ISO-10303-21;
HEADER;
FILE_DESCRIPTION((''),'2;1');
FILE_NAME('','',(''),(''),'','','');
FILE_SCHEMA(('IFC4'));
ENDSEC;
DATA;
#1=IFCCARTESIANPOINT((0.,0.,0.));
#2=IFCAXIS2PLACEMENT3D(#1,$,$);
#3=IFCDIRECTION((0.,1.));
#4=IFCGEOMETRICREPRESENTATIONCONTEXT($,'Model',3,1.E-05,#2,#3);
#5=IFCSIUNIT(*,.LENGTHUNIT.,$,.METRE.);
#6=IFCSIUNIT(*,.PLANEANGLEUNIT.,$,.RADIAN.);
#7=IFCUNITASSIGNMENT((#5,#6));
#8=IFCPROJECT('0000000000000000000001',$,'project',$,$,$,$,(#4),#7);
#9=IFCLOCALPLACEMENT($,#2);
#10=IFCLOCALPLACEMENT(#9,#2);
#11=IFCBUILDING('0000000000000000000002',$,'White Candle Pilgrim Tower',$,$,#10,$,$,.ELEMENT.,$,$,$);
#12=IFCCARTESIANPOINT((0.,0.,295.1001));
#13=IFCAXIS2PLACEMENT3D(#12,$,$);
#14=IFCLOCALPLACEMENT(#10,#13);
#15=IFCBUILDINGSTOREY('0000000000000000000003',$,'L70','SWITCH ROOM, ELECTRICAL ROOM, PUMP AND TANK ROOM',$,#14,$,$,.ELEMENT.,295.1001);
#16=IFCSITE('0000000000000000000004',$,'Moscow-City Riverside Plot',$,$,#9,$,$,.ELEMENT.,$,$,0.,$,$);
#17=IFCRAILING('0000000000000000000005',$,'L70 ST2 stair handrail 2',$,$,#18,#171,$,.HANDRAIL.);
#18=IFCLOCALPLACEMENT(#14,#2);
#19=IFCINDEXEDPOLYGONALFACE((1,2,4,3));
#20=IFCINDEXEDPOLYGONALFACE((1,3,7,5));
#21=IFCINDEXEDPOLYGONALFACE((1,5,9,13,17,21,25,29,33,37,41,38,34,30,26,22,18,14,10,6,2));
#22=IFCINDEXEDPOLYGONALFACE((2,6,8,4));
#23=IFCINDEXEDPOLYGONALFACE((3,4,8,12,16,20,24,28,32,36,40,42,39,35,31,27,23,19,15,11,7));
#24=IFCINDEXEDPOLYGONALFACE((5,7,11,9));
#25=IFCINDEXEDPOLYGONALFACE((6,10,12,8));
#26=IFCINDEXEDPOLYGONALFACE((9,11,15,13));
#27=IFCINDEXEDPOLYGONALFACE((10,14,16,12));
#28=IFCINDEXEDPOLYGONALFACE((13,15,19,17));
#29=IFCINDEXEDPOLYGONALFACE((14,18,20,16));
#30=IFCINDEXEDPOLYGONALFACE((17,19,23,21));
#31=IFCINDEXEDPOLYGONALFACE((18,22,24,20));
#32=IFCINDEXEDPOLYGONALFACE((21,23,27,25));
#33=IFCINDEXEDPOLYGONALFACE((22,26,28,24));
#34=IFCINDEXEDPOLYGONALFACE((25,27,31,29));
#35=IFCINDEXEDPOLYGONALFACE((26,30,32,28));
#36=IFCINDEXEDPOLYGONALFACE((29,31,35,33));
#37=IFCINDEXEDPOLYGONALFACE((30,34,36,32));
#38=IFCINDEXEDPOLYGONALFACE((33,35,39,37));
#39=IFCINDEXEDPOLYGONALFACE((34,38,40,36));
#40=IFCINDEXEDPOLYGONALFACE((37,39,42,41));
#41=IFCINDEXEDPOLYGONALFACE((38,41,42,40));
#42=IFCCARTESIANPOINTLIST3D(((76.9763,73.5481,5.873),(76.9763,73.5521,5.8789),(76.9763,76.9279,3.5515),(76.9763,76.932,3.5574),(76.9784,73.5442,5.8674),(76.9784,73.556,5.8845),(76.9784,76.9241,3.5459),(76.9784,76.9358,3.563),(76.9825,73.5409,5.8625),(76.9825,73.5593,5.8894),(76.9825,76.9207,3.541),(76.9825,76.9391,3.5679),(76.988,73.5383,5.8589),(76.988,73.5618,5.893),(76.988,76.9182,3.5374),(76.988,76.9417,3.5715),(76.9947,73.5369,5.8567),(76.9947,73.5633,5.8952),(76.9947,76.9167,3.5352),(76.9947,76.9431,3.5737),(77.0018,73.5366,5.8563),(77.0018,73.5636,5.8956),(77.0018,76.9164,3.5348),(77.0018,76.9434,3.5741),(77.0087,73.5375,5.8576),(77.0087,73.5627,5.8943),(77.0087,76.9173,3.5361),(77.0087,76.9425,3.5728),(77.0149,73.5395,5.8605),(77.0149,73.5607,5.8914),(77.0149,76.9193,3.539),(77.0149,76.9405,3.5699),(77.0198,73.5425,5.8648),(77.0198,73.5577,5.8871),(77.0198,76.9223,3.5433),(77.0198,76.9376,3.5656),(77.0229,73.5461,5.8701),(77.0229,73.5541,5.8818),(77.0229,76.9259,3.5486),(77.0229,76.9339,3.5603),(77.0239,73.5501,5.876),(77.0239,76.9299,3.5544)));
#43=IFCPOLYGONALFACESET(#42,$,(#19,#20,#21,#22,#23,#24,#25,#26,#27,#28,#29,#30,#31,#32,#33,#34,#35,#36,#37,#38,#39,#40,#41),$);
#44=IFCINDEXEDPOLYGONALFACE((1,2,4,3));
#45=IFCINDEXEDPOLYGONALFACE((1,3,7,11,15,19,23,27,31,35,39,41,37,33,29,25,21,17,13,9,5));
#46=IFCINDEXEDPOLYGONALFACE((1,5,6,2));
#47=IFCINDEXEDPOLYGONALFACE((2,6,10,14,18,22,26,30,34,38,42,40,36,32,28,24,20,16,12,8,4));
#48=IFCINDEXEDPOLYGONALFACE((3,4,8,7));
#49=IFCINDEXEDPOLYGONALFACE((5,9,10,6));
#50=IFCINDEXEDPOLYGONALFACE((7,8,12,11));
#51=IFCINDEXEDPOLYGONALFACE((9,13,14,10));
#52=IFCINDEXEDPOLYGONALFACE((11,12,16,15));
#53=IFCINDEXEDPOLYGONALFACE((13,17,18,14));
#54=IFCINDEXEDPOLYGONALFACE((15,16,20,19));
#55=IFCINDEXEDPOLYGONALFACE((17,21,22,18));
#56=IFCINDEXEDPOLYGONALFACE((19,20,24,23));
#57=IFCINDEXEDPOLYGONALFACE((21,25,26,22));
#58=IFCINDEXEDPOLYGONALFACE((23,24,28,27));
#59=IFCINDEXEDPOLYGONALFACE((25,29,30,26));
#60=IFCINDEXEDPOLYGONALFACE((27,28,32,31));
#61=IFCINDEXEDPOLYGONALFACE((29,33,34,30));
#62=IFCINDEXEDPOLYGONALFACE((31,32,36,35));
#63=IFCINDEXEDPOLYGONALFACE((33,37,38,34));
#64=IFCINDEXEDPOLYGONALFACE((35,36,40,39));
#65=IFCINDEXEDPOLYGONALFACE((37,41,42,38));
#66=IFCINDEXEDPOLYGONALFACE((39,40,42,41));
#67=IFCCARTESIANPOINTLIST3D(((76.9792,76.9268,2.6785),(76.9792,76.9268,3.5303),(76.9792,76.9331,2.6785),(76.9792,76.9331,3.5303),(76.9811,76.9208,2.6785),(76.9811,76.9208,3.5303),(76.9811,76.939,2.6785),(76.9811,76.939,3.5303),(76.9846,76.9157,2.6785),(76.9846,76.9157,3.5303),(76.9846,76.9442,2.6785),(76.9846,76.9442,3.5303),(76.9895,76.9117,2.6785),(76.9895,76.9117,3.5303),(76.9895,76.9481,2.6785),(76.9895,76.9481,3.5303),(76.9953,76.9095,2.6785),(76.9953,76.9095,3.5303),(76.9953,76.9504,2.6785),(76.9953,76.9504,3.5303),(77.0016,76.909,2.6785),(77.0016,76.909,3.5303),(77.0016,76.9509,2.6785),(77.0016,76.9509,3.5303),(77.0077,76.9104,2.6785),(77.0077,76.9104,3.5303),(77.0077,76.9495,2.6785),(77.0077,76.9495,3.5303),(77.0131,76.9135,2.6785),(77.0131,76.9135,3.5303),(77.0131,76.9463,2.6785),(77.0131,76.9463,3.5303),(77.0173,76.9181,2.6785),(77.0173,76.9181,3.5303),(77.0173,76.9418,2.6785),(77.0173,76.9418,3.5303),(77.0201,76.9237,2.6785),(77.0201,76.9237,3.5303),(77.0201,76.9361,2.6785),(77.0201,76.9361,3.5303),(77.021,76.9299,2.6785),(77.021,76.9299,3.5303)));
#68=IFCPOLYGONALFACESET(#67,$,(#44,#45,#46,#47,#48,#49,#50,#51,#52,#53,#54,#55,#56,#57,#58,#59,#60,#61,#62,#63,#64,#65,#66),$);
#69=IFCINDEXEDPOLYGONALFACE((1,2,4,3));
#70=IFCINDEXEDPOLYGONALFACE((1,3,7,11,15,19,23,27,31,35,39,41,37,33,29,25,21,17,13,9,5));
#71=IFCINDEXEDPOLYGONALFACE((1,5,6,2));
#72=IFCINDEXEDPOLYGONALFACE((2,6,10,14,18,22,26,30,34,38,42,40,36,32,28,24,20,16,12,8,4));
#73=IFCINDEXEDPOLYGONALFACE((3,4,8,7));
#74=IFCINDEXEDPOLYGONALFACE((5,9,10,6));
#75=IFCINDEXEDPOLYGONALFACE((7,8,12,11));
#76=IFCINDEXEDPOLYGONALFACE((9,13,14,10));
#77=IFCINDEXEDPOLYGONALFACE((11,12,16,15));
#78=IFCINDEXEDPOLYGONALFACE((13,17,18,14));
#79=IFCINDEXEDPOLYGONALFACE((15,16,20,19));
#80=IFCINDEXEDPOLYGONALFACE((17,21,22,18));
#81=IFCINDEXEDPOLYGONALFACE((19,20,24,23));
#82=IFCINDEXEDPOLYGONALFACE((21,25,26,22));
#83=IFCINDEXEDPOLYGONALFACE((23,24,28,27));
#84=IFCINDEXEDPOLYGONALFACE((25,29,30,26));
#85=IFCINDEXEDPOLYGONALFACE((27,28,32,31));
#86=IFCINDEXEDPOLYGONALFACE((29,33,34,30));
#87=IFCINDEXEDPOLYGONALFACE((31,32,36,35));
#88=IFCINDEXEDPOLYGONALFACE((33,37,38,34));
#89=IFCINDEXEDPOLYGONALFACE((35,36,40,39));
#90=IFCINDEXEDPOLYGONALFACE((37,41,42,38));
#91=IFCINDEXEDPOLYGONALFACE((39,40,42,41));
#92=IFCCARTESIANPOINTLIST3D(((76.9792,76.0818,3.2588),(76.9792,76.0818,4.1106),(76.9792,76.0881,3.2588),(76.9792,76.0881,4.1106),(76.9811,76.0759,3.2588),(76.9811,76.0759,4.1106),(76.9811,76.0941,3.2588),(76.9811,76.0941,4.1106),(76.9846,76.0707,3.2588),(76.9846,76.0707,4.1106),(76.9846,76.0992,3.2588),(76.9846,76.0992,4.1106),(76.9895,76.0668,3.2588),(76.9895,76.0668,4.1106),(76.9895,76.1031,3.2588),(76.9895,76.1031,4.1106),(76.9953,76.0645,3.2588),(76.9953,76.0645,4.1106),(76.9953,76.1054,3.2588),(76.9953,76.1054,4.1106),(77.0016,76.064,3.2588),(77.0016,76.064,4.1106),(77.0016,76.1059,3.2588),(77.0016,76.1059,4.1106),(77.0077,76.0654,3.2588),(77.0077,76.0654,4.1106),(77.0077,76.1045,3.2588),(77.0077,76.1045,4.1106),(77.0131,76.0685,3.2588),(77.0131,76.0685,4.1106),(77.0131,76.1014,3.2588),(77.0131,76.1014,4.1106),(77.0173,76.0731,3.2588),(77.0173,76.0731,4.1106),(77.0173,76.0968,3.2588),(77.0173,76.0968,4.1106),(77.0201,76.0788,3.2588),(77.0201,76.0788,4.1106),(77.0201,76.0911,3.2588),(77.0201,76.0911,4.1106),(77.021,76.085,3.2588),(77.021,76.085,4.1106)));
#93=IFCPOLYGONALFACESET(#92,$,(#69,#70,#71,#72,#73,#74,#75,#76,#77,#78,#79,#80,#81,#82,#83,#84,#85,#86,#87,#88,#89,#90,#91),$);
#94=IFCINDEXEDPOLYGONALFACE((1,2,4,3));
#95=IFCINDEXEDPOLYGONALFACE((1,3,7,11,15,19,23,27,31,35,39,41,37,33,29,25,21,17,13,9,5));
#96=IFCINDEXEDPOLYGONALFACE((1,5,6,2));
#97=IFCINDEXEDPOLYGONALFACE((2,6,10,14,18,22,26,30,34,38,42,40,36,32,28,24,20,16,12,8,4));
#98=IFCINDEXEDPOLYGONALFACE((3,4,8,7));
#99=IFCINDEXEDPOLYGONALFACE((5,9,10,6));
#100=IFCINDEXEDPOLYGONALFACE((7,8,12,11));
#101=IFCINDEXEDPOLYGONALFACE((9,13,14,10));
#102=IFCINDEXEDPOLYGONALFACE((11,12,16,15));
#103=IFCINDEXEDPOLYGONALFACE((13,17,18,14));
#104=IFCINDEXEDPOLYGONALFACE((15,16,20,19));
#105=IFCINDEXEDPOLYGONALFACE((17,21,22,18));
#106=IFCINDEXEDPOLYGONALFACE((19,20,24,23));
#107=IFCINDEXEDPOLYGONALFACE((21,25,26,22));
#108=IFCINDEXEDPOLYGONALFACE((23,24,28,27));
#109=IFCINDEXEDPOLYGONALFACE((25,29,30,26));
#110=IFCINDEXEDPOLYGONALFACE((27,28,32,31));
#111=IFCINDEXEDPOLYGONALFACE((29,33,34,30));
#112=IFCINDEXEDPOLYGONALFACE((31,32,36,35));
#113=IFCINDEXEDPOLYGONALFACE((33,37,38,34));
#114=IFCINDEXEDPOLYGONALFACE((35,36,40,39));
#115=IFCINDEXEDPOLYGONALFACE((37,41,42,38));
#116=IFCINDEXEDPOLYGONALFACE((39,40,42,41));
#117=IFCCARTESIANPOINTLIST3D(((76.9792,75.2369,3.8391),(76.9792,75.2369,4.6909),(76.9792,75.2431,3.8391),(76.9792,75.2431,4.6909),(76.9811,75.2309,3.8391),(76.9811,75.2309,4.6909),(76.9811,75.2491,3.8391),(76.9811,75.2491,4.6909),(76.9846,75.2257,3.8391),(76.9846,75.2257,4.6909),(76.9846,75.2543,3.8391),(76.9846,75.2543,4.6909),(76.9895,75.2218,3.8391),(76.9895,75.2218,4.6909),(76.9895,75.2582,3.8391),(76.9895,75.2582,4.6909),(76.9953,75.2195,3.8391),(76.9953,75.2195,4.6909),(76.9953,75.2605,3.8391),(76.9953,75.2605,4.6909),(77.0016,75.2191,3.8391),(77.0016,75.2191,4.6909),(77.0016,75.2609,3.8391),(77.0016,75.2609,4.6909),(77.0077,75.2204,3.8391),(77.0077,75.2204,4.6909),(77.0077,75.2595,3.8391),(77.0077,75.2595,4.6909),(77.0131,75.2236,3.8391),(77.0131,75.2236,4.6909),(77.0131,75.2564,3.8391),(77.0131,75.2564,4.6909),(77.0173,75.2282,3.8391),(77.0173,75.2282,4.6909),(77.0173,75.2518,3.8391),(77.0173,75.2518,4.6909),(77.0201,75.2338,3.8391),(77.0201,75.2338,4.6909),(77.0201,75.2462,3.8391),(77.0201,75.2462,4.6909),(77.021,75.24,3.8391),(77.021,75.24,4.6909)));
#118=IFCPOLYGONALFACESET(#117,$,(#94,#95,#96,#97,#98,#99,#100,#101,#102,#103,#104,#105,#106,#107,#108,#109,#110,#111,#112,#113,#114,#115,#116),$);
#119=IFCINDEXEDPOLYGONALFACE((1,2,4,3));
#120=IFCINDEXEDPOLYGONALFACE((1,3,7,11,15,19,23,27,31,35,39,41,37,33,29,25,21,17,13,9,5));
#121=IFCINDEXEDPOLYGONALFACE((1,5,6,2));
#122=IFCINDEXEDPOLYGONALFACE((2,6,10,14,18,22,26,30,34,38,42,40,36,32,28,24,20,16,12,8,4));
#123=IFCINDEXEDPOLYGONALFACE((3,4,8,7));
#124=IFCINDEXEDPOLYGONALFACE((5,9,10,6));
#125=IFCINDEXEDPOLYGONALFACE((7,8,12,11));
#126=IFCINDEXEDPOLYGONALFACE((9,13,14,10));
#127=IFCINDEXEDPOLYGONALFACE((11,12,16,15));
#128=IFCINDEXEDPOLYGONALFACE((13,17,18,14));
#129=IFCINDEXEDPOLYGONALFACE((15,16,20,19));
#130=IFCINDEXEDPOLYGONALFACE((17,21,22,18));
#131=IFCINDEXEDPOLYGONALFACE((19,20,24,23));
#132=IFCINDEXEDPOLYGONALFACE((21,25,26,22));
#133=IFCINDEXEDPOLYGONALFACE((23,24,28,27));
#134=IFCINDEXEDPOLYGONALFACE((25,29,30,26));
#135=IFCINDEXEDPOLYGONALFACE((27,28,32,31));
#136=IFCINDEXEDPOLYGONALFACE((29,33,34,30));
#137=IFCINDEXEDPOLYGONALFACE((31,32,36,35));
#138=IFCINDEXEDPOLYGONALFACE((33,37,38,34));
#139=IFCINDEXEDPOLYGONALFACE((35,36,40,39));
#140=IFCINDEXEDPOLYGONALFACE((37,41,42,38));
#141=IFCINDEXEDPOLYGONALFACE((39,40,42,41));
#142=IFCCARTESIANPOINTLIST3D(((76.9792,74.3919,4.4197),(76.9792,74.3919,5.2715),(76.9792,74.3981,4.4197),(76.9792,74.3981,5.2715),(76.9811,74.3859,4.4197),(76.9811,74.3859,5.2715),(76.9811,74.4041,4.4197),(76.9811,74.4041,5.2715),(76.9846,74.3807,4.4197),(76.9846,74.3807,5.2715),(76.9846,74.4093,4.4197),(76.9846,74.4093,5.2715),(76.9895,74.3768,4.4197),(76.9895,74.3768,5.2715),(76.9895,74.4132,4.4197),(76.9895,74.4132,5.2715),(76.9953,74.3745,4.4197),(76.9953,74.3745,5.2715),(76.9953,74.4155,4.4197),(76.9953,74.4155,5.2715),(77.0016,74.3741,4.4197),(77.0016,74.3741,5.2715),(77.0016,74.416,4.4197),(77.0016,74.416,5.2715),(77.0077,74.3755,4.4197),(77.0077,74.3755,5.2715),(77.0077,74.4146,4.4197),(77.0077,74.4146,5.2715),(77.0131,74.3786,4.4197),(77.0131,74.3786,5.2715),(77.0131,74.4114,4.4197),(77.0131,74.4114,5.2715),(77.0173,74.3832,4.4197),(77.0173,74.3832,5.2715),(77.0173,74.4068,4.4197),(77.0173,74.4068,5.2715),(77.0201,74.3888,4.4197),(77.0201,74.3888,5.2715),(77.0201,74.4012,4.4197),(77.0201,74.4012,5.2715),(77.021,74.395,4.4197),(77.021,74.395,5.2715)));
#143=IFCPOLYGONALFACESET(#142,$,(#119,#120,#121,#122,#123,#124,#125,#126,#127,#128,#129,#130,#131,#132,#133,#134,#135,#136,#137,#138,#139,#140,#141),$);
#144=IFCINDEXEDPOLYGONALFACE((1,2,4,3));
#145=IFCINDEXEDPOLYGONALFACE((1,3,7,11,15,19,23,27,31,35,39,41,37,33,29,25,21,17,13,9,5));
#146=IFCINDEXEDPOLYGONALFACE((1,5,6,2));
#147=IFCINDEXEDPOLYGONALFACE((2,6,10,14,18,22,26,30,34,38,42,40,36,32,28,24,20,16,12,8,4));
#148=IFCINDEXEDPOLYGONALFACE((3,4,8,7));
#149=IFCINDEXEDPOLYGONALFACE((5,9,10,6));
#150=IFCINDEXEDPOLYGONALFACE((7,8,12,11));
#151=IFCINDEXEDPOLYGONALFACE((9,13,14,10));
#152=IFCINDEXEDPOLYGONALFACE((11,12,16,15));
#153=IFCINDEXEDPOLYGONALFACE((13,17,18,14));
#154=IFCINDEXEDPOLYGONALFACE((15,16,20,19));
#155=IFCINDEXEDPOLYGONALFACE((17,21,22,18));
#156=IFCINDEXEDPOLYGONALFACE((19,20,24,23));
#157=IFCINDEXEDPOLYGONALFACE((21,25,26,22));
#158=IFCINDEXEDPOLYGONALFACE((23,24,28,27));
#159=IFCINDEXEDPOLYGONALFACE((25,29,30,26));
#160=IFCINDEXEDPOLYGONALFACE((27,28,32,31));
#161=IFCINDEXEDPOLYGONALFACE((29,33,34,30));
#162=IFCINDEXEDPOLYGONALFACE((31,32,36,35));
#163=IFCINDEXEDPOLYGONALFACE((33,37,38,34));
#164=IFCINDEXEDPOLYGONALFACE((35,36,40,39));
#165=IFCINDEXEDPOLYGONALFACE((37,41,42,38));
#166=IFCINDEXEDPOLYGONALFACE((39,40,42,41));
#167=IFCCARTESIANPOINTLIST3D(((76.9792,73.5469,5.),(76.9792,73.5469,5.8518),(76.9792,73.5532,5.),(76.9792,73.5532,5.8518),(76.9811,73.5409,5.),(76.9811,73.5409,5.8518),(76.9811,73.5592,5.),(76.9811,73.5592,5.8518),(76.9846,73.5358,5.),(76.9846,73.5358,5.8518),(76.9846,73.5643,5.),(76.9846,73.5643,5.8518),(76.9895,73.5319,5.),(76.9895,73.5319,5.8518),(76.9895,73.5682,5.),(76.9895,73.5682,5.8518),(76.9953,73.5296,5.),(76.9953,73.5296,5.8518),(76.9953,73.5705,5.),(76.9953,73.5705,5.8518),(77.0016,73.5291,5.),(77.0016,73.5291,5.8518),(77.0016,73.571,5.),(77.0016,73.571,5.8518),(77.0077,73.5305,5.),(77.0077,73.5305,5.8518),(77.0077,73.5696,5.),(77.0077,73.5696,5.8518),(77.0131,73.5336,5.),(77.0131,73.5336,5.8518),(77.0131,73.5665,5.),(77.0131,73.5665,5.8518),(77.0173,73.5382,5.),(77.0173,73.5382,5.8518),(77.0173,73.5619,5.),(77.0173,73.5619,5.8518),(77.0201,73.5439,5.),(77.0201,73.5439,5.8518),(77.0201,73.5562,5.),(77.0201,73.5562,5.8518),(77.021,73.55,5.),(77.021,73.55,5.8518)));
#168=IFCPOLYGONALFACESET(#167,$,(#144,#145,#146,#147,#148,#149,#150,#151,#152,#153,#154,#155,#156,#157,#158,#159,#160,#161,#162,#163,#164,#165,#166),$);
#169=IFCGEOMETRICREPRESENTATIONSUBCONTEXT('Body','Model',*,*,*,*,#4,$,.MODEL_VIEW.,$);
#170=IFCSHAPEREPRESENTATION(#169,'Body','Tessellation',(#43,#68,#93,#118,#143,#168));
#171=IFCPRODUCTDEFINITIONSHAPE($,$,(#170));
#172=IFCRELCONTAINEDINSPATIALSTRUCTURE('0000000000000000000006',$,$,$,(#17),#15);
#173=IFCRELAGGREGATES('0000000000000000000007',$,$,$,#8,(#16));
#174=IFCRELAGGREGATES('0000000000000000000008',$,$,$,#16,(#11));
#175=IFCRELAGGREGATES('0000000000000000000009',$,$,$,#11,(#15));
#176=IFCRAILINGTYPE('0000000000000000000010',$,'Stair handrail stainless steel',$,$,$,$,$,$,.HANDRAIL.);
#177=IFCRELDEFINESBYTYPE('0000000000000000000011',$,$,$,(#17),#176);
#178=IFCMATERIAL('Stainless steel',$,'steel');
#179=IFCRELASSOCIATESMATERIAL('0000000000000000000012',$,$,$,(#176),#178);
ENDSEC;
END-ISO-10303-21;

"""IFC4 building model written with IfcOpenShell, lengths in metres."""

from ifc_helpers import new_model, si_unit, direction, frame, origin, origin_2d, place, context, subcontext, project, spatial, circle, extrude, material, type_object, element, save


model = new_model("IFC4")

# Units and contexts
model_context = context("Model", 3, precision=1e-05, world=origin(), true_north=direction((0.0, 1.0)))
body_context = subcontext(model_context, "Body", "Model", "MODEL_VIEW")
ifc_project = project(units=[si_unit("LENGTHUNIT", "METRE"), si_unit("PLANEANGLEUNIT", "RADIAN")], contexts=[model_context])

# Site, building, storey
site_placement = place(None, origin())
site = spatial("IfcSite", under=ifc_project, at=site_placement, Name="Moscow-City Riverside Plot", CompositionType="ELEMENT", RefElevation=0.0)
building_placement = place(site_placement, origin())
building = spatial("IfcBuilding", under=site, at=building_placement, Name="White Candle Pilgrim Tower", CompositionType="ELEMENT")
storey_placement = place(building_placement, frame((0.0, 0.0, 295.1001)))
storey = spatial("IfcBuildingStorey", under=building, at=storey_placement, Name="L70", Description="SWITCH ROOM, ELECTRICAL ROOM, PUMP AND TANK ROOM", CompositionType="ELEMENT", Elevation=295.1001)

# Railing
ifc_material_1 = material(Name="Stainless steel", Category="steel")
railing_type_1 = type_object("IfcRailingType", Name="Stair handrail stainless steel", PredefinedType="HANDRAIL", material=ifc_material_1)
railing_1_placement = place(storey_placement, frame((77.0, 76.9299, 2.6785)))
element("IfcRailing", 1, at=railing_1_placement, inside=storey, type_object=railing_type_1, Name="L70 ST2 stair handrail 2", PredefinedType="HANDRAIL", context=body_context, shape_type="SweptSolid", body=[
    extrude(circle(Radius=0.0239, at=origin_2d()), frame((0.0, 0.0, 0.876), z_axis=(0.0, -0.824285, 0.566175), x_axis=(1.0, 0.0, 0.0)), (0.0, 0.0, 1.0), 4.1003),
    extrude(circle(Radius=0.021, at=origin_2d()), origin(), (0.0, 0.0, 1.0), 0.8518),
    extrude(circle(Radius=0.021, at=origin_2d()), frame((0.0, -0.845, 0.5803)), (0.0, 0.0, 1.0), 0.8518),
    extrude(circle(Radius=0.021, at=origin_2d()), frame((0.0, -1.6899, 1.1606)), (0.0, 0.0, 1.0), 0.8518),
    extrude(circle(Radius=0.021, at=origin_2d()), frame((0.0, -2.5349, 1.7412)), (0.0, 0.0, 1.0), 0.8518),
    extrude(circle(Radius=0.021, at=origin_2d()), frame((0.0, -3.3799, 2.3215)), (0.0, 0.0, 1.0), 0.8518),
])

save(model, "model.ifc")
